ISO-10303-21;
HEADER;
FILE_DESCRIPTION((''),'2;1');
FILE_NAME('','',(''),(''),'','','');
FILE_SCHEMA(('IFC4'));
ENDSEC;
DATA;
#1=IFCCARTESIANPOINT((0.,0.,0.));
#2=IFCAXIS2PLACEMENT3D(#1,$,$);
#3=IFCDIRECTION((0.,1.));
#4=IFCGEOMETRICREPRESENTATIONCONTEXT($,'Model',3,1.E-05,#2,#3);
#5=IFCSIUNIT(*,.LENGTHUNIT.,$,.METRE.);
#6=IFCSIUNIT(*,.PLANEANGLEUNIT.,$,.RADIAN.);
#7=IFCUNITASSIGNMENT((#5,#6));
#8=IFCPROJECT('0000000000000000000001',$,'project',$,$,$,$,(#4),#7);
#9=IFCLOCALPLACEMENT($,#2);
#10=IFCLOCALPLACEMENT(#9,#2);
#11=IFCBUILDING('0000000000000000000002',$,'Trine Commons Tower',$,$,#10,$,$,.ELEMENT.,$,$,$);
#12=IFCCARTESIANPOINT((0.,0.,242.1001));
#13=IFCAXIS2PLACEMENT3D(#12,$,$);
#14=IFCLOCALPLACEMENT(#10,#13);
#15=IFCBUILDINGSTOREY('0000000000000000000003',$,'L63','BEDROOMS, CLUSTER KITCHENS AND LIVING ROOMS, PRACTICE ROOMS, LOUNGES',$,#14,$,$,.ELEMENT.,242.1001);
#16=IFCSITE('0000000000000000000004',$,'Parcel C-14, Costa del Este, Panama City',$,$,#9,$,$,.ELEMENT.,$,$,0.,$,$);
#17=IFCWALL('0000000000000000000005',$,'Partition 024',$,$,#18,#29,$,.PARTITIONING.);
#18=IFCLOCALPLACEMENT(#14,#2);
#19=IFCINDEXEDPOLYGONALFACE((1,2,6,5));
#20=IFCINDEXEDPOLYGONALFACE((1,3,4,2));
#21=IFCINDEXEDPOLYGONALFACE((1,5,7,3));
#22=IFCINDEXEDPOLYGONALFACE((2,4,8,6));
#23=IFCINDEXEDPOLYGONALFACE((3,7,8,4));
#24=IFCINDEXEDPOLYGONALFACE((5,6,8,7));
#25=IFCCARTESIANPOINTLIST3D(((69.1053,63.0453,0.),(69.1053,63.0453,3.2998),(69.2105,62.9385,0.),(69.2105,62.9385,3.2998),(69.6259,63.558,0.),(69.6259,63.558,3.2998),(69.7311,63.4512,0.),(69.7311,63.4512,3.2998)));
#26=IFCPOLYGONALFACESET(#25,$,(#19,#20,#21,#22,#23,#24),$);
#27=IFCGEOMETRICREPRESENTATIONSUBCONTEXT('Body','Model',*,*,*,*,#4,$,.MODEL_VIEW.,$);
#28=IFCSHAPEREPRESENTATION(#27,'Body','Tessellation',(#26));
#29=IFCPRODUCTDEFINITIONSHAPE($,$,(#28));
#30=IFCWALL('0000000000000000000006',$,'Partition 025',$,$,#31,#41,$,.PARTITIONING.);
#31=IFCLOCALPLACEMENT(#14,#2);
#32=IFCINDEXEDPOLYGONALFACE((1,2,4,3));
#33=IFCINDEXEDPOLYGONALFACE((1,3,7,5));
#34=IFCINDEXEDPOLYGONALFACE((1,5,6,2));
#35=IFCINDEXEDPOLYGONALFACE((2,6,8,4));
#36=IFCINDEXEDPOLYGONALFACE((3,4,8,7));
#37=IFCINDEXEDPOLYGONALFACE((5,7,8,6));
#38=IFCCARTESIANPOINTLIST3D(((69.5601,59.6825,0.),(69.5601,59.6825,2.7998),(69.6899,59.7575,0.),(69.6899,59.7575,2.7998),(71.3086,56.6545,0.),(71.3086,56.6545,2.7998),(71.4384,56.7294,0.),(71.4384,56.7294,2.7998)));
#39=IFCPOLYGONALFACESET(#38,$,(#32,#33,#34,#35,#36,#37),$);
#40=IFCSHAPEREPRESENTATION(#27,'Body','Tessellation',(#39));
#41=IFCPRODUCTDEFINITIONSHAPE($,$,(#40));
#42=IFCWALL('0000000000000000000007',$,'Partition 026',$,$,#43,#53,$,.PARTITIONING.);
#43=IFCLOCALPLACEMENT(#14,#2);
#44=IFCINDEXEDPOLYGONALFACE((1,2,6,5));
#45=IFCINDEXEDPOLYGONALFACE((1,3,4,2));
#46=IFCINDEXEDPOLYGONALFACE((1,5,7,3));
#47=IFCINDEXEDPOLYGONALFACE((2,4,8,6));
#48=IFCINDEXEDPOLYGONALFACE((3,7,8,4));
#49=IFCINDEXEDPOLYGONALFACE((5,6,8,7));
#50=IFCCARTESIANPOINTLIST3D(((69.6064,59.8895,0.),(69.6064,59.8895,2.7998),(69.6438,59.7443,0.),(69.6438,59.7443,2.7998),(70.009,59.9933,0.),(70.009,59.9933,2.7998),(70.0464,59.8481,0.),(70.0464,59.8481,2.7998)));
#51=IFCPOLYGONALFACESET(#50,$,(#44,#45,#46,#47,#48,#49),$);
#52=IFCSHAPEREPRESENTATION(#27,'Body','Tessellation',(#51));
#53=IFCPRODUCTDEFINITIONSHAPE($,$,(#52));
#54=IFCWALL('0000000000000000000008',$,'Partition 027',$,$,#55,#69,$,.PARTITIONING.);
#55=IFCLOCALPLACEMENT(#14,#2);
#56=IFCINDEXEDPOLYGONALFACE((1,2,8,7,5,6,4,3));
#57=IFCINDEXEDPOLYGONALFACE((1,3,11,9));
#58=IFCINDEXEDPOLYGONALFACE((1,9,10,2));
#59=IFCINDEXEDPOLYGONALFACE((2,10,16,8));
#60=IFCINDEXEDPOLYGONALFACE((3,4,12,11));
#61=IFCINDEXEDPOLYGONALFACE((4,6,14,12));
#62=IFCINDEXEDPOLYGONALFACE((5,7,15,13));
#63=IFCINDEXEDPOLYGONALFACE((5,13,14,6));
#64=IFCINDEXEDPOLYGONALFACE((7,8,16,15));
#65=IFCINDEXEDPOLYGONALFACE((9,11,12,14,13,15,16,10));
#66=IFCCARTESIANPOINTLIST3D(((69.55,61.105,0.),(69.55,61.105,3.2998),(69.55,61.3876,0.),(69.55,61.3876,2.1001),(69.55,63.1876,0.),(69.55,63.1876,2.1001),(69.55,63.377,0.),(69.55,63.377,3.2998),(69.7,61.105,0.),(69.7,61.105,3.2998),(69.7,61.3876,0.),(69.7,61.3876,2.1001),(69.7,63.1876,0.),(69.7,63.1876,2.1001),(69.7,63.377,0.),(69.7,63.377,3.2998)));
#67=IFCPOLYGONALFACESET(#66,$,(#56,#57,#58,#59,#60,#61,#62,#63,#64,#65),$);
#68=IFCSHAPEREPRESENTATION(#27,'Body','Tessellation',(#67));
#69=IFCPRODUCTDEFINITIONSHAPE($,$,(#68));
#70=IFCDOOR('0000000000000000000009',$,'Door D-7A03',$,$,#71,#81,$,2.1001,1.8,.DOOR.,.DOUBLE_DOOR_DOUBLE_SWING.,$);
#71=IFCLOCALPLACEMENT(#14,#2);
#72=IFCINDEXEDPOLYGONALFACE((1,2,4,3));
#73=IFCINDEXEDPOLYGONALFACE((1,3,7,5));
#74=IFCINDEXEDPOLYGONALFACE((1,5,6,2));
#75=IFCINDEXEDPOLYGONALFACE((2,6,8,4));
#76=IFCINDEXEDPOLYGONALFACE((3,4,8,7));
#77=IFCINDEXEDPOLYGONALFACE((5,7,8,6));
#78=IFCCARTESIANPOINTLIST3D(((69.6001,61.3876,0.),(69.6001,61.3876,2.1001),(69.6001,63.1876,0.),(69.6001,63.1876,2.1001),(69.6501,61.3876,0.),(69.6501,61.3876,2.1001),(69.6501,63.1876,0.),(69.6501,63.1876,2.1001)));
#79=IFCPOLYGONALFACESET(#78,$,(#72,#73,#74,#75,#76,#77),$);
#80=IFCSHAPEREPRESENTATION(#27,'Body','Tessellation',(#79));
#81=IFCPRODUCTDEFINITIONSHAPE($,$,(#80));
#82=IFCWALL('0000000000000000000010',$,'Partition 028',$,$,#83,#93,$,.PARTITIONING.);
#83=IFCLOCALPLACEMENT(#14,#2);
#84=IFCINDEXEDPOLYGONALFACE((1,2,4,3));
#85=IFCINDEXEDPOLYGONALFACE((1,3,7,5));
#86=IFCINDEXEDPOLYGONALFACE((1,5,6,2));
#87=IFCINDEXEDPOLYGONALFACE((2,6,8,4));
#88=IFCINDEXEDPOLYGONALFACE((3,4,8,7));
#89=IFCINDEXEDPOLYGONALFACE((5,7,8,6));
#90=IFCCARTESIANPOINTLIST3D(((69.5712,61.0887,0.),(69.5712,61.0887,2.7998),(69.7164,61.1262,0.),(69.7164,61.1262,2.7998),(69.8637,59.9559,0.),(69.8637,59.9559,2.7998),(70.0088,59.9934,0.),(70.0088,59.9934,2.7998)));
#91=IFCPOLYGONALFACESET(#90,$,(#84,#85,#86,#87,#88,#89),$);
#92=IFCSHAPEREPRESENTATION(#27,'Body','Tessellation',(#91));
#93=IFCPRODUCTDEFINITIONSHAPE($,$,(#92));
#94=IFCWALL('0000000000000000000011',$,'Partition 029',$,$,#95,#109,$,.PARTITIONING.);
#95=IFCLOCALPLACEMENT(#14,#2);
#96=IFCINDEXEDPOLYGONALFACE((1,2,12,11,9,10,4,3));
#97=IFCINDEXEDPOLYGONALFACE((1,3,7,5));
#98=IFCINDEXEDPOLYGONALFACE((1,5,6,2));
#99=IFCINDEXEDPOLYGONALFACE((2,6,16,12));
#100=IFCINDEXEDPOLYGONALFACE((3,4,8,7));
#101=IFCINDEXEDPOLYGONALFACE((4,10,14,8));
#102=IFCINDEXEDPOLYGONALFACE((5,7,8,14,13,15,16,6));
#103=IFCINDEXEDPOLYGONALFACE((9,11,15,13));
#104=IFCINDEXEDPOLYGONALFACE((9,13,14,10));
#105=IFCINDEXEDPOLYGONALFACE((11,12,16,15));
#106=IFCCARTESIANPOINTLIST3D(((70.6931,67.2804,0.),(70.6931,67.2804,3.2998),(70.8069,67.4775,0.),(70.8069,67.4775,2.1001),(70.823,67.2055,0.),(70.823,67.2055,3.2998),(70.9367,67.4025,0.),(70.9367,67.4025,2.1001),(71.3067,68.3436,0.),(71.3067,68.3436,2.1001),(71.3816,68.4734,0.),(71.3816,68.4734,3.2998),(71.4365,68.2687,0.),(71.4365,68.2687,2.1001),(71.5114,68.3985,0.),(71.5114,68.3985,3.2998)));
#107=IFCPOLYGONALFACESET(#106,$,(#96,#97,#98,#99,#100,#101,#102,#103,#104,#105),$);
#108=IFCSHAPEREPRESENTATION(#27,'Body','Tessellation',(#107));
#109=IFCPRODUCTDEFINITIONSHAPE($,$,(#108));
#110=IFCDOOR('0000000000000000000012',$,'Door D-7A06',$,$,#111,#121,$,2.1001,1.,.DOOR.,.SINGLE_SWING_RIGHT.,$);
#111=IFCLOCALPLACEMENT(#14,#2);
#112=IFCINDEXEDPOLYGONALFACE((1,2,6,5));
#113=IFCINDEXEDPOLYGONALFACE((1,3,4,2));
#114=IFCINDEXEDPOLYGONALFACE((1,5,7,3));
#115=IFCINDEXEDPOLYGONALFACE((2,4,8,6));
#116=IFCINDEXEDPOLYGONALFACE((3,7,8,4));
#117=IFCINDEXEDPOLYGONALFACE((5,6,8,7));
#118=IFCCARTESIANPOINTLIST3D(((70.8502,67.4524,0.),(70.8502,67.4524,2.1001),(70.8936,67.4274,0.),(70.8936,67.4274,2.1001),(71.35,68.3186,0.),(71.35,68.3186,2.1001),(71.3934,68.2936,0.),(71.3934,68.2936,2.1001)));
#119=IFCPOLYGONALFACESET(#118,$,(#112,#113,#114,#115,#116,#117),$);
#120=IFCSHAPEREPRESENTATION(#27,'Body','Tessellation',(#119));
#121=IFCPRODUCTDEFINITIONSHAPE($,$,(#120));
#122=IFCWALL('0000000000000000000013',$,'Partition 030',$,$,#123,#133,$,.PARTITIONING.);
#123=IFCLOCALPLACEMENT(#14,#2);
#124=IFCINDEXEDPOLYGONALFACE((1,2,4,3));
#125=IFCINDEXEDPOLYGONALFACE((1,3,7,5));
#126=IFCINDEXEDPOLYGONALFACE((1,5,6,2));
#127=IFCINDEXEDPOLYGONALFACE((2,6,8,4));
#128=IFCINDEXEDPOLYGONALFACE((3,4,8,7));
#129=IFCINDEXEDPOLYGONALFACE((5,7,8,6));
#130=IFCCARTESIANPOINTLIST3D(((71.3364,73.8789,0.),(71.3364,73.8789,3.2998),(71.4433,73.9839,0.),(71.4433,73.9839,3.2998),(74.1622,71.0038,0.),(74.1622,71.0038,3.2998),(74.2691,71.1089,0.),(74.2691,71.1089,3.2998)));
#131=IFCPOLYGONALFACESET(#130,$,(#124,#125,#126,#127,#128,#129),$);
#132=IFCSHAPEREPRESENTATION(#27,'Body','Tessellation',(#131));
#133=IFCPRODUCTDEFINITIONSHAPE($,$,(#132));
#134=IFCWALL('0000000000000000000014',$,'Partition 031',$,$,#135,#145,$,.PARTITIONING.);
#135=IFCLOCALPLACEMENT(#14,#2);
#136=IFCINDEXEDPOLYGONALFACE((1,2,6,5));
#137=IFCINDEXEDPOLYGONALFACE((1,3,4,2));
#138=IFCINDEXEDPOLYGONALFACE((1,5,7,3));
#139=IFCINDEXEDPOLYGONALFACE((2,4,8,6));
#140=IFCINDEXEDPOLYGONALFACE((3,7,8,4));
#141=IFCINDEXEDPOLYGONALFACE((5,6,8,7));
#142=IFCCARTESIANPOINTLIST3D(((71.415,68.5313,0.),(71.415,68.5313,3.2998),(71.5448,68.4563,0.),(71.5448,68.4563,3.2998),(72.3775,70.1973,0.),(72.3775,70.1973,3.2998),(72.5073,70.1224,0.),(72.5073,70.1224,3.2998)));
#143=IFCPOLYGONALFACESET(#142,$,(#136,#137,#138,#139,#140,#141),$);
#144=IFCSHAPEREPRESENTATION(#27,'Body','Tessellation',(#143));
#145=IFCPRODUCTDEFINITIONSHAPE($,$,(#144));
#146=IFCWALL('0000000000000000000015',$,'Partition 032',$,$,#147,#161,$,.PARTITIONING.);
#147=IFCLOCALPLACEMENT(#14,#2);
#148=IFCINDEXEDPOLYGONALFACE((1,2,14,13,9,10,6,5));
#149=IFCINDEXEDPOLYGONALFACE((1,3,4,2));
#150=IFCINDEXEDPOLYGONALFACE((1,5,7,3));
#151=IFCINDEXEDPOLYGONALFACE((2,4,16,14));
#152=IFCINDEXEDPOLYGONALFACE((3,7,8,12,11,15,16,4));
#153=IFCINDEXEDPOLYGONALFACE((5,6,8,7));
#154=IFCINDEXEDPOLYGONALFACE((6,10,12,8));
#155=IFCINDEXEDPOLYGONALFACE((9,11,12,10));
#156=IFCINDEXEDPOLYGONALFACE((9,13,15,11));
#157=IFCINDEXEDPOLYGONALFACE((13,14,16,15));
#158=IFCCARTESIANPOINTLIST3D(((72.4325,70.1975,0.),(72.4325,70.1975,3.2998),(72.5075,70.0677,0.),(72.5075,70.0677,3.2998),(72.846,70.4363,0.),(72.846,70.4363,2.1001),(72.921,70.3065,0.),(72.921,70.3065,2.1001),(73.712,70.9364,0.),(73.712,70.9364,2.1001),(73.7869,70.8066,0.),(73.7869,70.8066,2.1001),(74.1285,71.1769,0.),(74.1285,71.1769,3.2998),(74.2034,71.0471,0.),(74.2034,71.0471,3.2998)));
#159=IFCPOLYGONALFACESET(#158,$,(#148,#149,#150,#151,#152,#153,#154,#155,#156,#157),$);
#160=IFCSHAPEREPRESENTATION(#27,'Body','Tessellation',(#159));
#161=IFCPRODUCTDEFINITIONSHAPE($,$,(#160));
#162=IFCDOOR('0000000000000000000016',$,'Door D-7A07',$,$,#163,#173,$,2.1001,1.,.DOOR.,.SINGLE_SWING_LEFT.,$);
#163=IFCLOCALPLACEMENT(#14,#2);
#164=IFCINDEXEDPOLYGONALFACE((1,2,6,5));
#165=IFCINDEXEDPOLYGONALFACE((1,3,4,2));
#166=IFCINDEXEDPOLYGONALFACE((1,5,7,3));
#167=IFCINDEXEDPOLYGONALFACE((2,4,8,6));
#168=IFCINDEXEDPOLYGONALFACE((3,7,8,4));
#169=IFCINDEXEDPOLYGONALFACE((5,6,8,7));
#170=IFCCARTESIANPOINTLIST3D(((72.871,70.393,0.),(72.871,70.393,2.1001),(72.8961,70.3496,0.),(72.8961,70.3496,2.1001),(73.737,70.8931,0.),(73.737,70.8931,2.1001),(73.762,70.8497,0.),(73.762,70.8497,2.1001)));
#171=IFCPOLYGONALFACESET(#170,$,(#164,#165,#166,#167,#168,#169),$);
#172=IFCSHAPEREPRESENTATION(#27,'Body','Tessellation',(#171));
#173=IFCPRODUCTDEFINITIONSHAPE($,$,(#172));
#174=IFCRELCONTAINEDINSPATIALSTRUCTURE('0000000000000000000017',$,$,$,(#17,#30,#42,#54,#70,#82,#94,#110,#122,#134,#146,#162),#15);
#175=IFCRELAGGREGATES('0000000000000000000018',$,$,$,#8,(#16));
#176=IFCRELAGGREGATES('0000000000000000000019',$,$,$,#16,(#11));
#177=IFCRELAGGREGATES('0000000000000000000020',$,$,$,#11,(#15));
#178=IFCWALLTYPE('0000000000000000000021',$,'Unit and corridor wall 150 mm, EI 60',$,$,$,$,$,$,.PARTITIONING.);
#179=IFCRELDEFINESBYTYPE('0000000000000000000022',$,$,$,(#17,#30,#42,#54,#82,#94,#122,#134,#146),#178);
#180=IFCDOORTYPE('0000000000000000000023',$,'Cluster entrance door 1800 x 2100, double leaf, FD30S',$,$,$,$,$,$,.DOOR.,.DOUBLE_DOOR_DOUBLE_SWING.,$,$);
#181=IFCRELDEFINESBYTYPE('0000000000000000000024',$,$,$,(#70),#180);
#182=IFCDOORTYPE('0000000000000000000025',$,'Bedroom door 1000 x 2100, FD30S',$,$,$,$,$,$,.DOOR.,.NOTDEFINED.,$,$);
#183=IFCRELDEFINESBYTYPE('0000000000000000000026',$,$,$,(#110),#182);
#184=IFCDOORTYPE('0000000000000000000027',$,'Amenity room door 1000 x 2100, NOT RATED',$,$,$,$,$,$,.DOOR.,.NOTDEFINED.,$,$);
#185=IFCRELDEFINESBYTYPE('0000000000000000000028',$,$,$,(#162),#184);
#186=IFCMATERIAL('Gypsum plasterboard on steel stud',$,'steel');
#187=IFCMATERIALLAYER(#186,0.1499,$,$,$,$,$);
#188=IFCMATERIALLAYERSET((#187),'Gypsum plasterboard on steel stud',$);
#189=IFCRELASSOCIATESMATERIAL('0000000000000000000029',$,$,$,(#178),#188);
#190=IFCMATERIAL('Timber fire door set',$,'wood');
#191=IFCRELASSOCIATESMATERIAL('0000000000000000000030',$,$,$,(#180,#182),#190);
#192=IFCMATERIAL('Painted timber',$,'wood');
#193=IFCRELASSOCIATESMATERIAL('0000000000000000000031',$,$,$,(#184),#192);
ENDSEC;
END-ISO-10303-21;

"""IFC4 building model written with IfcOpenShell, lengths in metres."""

from ifc_helpers import new_model, si_unit, direction, frame, frame_2d, origin, place, context, subcontext, project, spatial, rectangle, extrude, material, layer, layer_set, type_object, element, fill, save


model = new_model("IFC4")

# Units and contexts
model_context = context("Model", 3, precision=1e-05, world=origin(), true_north=direction((0.0, 1.0)))
body_context = subcontext(model_context, "Body", "Model", "MODEL_VIEW")
ifc_project = project(units=[si_unit("LENGTHUNIT", "METRE"), si_unit("PLANEANGLEUNIT", "RADIAN")], contexts=[model_context])

# Site, building, storey
site_placement = place(None, origin())
site = spatial("IfcSite", under=ifc_project, at=site_placement, Name="Parcel C-14, Costa del Este, Panama City", CompositionType="ELEMENT", RefElevation=0.0)
building_placement = place(site_placement, origin())
building = spatial("IfcBuilding", under=site, at=building_placement, Name="Trine Commons Tower", CompositionType="ELEMENT")
storey_placement = place(building_placement, frame((0.0, 0.0, 242.1001)))
storey = spatial("IfcBuildingStorey", under=building, at=storey_placement, Name="L63", Description="BEDROOMS, CLUSTER KITCHENS AND LIVING ROOMS, PRACTICE ROOMS, LOUNGES", CompositionType="ELEMENT", Elevation=242.1001)

# Walls
ifc_material_1 = material(Name="Gypsum plasterboard on steel stud", Category="steel")
ifc_layer_1 = layer(ifc_material_1, 0.1499)
ifc_layer_set_1 = layer_set([ifc_layer_1], Name="Gypsum plasterboard on steel stud")
wall_type_1 = type_object("IfcWallType", Name="Unit and corridor wall 150 mm, EI 60", PredefinedType="PARTITIONING", material=ifc_layer_set_1)
wall_1_placement = place(storey_placement, frame((69.158, 62.9919, 0.0), z_axis=(0.0, 0.0, 1.0), x_axis=(0.712433, 0.70174, 0.0)))
element("IfcWall", 1, at=wall_1_placement, inside=storey, type_object=wall_type_1, Name="Partition 024", PredefinedType="PARTITIONING", context=body_context, shape_type="SweptSolid", body=[
    extrude(rectangle(XDim=0.7307, YDim=0.1499, at=frame_2d((0.3652, 0.0))), origin(), (0.0, 0.0, 1.0), 3.2998),
])
wall_2_placement = place(storey_placement, frame((69.625, 59.72, 0.0), z_axis=(0.0, 0.0, 1.0), x_axis=(0.500059, -0.865991, 0.0)))
element("IfcWall", 2, at=wall_2_placement, inside=storey, type_object=wall_type_1, Name="Partition 025", PredefinedType="PARTITIONING", context=body_context, shape_type="SweptSolid", body=[
    extrude(rectangle(XDim=3.4966, YDim=0.1499, at=frame_2d((1.7483, 0.0))), origin(), (0.0, 0.0, 1.0), 2.7998),
])
wall_3_placement = place(storey_placement, frame((69.625, 59.8169, 0.0), z_axis=(0.0, 0.0, 1.0), x_axis=(0.968355, 0.249576, 0.0)))
element("IfcWall", 3, at=wall_3_placement, inside=storey, type_object=wall_type_1, Name="Partition 026", PredefinedType="PARTITIONING", context=body_context, shape_type="SweptSolid", body=[
    extrude(rectangle(XDim=0.4158, YDim=0.1499, at=frame_2d((0.208, 0.0))), origin(), (0.0, 0.0, 1.0), 2.7998),
])

# Wall, opening, door
wall_4_placement = place(storey_placement, frame((69.625, 61.105, 0.0), z_axis=(0.0, 0.0, 1.0), x_axis=(0.0, 1.0, 0.0)))
wall_4 = element("IfcWall", 4, at=wall_4_placement, inside=storey, type_object=wall_type_1, Name="Partition 027", PredefinedType="PARTITIONING", context=body_context, shape_type="SweptSolid", body=[
    extrude(rectangle(XDim=2.272, YDim=0.1499, at=frame_2d((1.136, 0.0))), origin(), (0.0, 0.0, 1.0), 3.2998),
])
opening_1_placement = place(wall_4_placement, frame((0.2827, 0.0, 0.0)))
opening_1 = element("IfcOpeningElement", 5, at=opening_1_placement, cuts=wall_4, PredefinedType="OPENING", context=body_context, shape_type="SweptSolid", body=[
    extrude(rectangle(XDim=1.8, YDim=2.1001, at=frame_2d((0.8999, 1.05))), frame((0.0, 0.085, 0.0), z_axis=(0.0, -1.0, 0.0), x_axis=(1.0, 0.0, 0.0)), (0.0, 0.0, 1.0), 0.1699),
])
ifc_material_2 = material(Name="Timber fire door set", Category="wood")
door_type_1 = type_object("IfcDoorType", Name="Cluster entrance door 1800 x 2100, double leaf, FD30S", OperationType="DOUBLE_DOOR_DOUBLE_SWING", PredefinedType="DOOR", material=ifc_material_2)
door_1_placement = place(opening_1_placement, origin())
door_1 = element("IfcDoor", 6, at=door_1_placement, inside=storey, type_object=door_type_1, Name="Door D-7A03", OperationType="DOUBLE_DOOR_DOUBLE_SWING", OverallHeight=2.1001, OverallWidth=1.8, PredefinedType="DOOR", context=body_context, shape_type="SweptSolid", body=[
    extrude(rectangle(XDim=1.8, YDim=2.1001, at=frame_2d((0.8999, 1.05))), frame((0.0, 0.0249, 0.0), z_axis=(0.0, -1.0, 0.0), x_axis=(1.0, 0.0, 0.0)), (0.0, 0.0, 1.0), 0.05),
])
fill(opening_1, door_1)

# Wall
wall_5_placement = place(storey_placement, frame((69.6438, 61.1074, 0.0), z_axis=(0.0, 0.0, 1.0), x_axis=(0.249992, -0.968248, 0.0)))
element("IfcWall", 7, at=wall_5_placement, inside=storey, type_object=wall_type_1, Name="Partition 028", PredefinedType="PARTITIONING", context=body_context, shape_type="SweptSolid", body=[
    extrude(rectangle(XDim=1.1699, YDim=0.1499, at=frame_2d((0.585, 0.0))), origin(), (0.0, 0.0, 1.0), 2.7998),
])

# Wall, opening, door
wall_6_placement = place(storey_placement, frame((70.7581, 67.2429, 0.0), z_axis=(0.0, 0.0, 1.0), x_axis=(0.499799, 0.866141, 0.0)))
wall_6 = element("IfcWall", 8, at=wall_6_placement, inside=storey, type_object=wall_type_1, Name="Partition 029", PredefinedType="PARTITIONING", context=body_context, shape_type="SweptSolid", body=[
    extrude(rectangle(XDim=1.3774, YDim=0.1499, at=frame_2d((0.6887, 0.0))), origin(), (0.0, 0.0, 1.0), 3.2998),
])
opening_2_placement = place(wall_6_placement, frame((0.2275, 0.0, 0.0)))
opening_2 = element("IfcOpeningElement", 9, at=opening_2_placement, cuts=wall_6, PredefinedType="OPENING", context=body_context, shape_type="SweptSolid", body=[
    extrude(rectangle(XDim=1.0, YDim=2.1001, at=frame_2d((0.5, 1.05))), frame((0.0, 0.085, 0.0), z_axis=(0.0, -1.0, 0.0), x_axis=(1.0, 0.0, 0.0)), (0.0, 0.0, 1.0), 0.1699),
])
door_type_2 = type_object("IfcDoorType", Name="Bedroom door 1000 x 2100, FD30S", OperationType="NOTDEFINED", PredefinedType="DOOR", material=ifc_material_2)
door_2_placement = place(opening_2_placement, origin())
door_2 = element("IfcDoor", 10, at=door_2_placement, inside=storey, type_object=door_type_2, Name="Door D-7A06", OperationType="SINGLE_SWING_RIGHT", OverallHeight=2.1001, OverallWidth=1.0, PredefinedType="DOOR", context=body_context, shape_type="SweptSolid", body=[
    extrude(rectangle(XDim=1.0, YDim=2.1001, at=frame_2d((0.5, 1.05))), frame((0.0, 0.0249, 0.0), z_axis=(0.0, -1.0, 0.0), x_axis=(1.0, 0.0, 0.0)), (0.0, 0.0, 1.0), 0.05),
])
fill(opening_2, door_2)

# Walls
wall_7_placement = place(storey_placement, frame((71.3899, 73.9314, 0.0), z_axis=(0.0, 0.0, 1.0), x_axis=(0.700963, -0.713197, 0.0)))
element("IfcWall", 11, at=wall_7_placement, inside=storey, type_object=wall_type_1, Name="Partition 030", PredefinedType="PARTITIONING", context=body_context, shape_type="SweptSolid", body=[
    extrude(rectangle(XDim=4.0312, YDim=0.1499, at=frame_2d((2.0156, 0.0))), origin(), (0.0, 0.0, 1.0), 3.2998),
])
wall_8_placement = place(storey_placement, frame((71.48, 68.4939, 0.0), z_axis=(0.0, 0.0, 1.0), x_axis=(0.500206, 0.865907, 0.0)))
element("IfcWall", 12, at=wall_8_placement, inside=storey, type_object=wall_type_1, Name="Partition 031", PredefinedType="PARTITIONING", context=body_context, shape_type="SweptSolid", body=[
    extrude(rectangle(XDim=1.9241, YDim=0.1499, at=frame_2d((0.9619, 0.0))), origin(), (0.0, 0.0, 1.0), 3.2998),
])

# Wall, opening, door
wall_9_placement = place(storey_placement, frame((72.47, 70.1326, 0.0), z_axis=(0.0, 0.0, 1.0), x_axis=(0.865963, 0.500107, 0.0)))
wall_9 = element("IfcWall", 13, at=wall_9_placement, inside=storey, type_object=wall_type_1, Name="Partition 032", PredefinedType="PARTITIONING", context=body_context, shape_type="SweptSolid", body=[
    extrude(rectangle(XDim=1.9585, YDim=0.1499, at=frame_2d((0.9792, 0.0))), origin(), (0.0, 0.0, 1.0), 3.2998),
])
opening_3_placement = place(wall_9_placement, frame((0.4775, 0.0, 0.0)))
opening_3 = element("IfcOpeningElement", 14, at=opening_3_placement, cuts=wall_9, PredefinedType="OPENING", context=body_context, shape_type="SweptSolid", body=[
    extrude(rectangle(XDim=1.0, YDim=2.1001, at=frame_2d((0.5, 1.05))), frame((0.0, 0.085, 0.0), z_axis=(0.0, -1.0, 0.0), x_axis=(1.0, 0.0, 0.0)), (0.0, 0.0, 1.0), 0.1699),
])
ifc_material_3 = material(Name="Painted timber", Category="wood")
door_type_3 = type_object("IfcDoorType", Name="Amenity room door 1000 x 2100, NOT RATED", OperationType="NOTDEFINED", PredefinedType="DOOR", material=ifc_material_3)
door_3_placement = place(opening_3_placement, origin())
door_3 = element("IfcDoor", 15, at=door_3_placement, inside=storey, type_object=door_type_3, Name="Door D-7A07", OperationType="SINGLE_SWING_LEFT", OverallHeight=2.1001, OverallWidth=1.0, PredefinedType="DOOR", context=body_context, shape_type="SweptSolid", body=[
    extrude(rectangle(XDim=1.0, YDim=2.1001, at=frame_2d((0.5, 1.05))), frame((0.0, 0.0249, 0.0), z_axis=(0.0, -1.0, 0.0), x_axis=(1.0, 0.0, 0.0)), (0.0, 0.0, 1.0), 0.05),
])
fill(opening_3, door_3)

save(model, "model.ifc")
